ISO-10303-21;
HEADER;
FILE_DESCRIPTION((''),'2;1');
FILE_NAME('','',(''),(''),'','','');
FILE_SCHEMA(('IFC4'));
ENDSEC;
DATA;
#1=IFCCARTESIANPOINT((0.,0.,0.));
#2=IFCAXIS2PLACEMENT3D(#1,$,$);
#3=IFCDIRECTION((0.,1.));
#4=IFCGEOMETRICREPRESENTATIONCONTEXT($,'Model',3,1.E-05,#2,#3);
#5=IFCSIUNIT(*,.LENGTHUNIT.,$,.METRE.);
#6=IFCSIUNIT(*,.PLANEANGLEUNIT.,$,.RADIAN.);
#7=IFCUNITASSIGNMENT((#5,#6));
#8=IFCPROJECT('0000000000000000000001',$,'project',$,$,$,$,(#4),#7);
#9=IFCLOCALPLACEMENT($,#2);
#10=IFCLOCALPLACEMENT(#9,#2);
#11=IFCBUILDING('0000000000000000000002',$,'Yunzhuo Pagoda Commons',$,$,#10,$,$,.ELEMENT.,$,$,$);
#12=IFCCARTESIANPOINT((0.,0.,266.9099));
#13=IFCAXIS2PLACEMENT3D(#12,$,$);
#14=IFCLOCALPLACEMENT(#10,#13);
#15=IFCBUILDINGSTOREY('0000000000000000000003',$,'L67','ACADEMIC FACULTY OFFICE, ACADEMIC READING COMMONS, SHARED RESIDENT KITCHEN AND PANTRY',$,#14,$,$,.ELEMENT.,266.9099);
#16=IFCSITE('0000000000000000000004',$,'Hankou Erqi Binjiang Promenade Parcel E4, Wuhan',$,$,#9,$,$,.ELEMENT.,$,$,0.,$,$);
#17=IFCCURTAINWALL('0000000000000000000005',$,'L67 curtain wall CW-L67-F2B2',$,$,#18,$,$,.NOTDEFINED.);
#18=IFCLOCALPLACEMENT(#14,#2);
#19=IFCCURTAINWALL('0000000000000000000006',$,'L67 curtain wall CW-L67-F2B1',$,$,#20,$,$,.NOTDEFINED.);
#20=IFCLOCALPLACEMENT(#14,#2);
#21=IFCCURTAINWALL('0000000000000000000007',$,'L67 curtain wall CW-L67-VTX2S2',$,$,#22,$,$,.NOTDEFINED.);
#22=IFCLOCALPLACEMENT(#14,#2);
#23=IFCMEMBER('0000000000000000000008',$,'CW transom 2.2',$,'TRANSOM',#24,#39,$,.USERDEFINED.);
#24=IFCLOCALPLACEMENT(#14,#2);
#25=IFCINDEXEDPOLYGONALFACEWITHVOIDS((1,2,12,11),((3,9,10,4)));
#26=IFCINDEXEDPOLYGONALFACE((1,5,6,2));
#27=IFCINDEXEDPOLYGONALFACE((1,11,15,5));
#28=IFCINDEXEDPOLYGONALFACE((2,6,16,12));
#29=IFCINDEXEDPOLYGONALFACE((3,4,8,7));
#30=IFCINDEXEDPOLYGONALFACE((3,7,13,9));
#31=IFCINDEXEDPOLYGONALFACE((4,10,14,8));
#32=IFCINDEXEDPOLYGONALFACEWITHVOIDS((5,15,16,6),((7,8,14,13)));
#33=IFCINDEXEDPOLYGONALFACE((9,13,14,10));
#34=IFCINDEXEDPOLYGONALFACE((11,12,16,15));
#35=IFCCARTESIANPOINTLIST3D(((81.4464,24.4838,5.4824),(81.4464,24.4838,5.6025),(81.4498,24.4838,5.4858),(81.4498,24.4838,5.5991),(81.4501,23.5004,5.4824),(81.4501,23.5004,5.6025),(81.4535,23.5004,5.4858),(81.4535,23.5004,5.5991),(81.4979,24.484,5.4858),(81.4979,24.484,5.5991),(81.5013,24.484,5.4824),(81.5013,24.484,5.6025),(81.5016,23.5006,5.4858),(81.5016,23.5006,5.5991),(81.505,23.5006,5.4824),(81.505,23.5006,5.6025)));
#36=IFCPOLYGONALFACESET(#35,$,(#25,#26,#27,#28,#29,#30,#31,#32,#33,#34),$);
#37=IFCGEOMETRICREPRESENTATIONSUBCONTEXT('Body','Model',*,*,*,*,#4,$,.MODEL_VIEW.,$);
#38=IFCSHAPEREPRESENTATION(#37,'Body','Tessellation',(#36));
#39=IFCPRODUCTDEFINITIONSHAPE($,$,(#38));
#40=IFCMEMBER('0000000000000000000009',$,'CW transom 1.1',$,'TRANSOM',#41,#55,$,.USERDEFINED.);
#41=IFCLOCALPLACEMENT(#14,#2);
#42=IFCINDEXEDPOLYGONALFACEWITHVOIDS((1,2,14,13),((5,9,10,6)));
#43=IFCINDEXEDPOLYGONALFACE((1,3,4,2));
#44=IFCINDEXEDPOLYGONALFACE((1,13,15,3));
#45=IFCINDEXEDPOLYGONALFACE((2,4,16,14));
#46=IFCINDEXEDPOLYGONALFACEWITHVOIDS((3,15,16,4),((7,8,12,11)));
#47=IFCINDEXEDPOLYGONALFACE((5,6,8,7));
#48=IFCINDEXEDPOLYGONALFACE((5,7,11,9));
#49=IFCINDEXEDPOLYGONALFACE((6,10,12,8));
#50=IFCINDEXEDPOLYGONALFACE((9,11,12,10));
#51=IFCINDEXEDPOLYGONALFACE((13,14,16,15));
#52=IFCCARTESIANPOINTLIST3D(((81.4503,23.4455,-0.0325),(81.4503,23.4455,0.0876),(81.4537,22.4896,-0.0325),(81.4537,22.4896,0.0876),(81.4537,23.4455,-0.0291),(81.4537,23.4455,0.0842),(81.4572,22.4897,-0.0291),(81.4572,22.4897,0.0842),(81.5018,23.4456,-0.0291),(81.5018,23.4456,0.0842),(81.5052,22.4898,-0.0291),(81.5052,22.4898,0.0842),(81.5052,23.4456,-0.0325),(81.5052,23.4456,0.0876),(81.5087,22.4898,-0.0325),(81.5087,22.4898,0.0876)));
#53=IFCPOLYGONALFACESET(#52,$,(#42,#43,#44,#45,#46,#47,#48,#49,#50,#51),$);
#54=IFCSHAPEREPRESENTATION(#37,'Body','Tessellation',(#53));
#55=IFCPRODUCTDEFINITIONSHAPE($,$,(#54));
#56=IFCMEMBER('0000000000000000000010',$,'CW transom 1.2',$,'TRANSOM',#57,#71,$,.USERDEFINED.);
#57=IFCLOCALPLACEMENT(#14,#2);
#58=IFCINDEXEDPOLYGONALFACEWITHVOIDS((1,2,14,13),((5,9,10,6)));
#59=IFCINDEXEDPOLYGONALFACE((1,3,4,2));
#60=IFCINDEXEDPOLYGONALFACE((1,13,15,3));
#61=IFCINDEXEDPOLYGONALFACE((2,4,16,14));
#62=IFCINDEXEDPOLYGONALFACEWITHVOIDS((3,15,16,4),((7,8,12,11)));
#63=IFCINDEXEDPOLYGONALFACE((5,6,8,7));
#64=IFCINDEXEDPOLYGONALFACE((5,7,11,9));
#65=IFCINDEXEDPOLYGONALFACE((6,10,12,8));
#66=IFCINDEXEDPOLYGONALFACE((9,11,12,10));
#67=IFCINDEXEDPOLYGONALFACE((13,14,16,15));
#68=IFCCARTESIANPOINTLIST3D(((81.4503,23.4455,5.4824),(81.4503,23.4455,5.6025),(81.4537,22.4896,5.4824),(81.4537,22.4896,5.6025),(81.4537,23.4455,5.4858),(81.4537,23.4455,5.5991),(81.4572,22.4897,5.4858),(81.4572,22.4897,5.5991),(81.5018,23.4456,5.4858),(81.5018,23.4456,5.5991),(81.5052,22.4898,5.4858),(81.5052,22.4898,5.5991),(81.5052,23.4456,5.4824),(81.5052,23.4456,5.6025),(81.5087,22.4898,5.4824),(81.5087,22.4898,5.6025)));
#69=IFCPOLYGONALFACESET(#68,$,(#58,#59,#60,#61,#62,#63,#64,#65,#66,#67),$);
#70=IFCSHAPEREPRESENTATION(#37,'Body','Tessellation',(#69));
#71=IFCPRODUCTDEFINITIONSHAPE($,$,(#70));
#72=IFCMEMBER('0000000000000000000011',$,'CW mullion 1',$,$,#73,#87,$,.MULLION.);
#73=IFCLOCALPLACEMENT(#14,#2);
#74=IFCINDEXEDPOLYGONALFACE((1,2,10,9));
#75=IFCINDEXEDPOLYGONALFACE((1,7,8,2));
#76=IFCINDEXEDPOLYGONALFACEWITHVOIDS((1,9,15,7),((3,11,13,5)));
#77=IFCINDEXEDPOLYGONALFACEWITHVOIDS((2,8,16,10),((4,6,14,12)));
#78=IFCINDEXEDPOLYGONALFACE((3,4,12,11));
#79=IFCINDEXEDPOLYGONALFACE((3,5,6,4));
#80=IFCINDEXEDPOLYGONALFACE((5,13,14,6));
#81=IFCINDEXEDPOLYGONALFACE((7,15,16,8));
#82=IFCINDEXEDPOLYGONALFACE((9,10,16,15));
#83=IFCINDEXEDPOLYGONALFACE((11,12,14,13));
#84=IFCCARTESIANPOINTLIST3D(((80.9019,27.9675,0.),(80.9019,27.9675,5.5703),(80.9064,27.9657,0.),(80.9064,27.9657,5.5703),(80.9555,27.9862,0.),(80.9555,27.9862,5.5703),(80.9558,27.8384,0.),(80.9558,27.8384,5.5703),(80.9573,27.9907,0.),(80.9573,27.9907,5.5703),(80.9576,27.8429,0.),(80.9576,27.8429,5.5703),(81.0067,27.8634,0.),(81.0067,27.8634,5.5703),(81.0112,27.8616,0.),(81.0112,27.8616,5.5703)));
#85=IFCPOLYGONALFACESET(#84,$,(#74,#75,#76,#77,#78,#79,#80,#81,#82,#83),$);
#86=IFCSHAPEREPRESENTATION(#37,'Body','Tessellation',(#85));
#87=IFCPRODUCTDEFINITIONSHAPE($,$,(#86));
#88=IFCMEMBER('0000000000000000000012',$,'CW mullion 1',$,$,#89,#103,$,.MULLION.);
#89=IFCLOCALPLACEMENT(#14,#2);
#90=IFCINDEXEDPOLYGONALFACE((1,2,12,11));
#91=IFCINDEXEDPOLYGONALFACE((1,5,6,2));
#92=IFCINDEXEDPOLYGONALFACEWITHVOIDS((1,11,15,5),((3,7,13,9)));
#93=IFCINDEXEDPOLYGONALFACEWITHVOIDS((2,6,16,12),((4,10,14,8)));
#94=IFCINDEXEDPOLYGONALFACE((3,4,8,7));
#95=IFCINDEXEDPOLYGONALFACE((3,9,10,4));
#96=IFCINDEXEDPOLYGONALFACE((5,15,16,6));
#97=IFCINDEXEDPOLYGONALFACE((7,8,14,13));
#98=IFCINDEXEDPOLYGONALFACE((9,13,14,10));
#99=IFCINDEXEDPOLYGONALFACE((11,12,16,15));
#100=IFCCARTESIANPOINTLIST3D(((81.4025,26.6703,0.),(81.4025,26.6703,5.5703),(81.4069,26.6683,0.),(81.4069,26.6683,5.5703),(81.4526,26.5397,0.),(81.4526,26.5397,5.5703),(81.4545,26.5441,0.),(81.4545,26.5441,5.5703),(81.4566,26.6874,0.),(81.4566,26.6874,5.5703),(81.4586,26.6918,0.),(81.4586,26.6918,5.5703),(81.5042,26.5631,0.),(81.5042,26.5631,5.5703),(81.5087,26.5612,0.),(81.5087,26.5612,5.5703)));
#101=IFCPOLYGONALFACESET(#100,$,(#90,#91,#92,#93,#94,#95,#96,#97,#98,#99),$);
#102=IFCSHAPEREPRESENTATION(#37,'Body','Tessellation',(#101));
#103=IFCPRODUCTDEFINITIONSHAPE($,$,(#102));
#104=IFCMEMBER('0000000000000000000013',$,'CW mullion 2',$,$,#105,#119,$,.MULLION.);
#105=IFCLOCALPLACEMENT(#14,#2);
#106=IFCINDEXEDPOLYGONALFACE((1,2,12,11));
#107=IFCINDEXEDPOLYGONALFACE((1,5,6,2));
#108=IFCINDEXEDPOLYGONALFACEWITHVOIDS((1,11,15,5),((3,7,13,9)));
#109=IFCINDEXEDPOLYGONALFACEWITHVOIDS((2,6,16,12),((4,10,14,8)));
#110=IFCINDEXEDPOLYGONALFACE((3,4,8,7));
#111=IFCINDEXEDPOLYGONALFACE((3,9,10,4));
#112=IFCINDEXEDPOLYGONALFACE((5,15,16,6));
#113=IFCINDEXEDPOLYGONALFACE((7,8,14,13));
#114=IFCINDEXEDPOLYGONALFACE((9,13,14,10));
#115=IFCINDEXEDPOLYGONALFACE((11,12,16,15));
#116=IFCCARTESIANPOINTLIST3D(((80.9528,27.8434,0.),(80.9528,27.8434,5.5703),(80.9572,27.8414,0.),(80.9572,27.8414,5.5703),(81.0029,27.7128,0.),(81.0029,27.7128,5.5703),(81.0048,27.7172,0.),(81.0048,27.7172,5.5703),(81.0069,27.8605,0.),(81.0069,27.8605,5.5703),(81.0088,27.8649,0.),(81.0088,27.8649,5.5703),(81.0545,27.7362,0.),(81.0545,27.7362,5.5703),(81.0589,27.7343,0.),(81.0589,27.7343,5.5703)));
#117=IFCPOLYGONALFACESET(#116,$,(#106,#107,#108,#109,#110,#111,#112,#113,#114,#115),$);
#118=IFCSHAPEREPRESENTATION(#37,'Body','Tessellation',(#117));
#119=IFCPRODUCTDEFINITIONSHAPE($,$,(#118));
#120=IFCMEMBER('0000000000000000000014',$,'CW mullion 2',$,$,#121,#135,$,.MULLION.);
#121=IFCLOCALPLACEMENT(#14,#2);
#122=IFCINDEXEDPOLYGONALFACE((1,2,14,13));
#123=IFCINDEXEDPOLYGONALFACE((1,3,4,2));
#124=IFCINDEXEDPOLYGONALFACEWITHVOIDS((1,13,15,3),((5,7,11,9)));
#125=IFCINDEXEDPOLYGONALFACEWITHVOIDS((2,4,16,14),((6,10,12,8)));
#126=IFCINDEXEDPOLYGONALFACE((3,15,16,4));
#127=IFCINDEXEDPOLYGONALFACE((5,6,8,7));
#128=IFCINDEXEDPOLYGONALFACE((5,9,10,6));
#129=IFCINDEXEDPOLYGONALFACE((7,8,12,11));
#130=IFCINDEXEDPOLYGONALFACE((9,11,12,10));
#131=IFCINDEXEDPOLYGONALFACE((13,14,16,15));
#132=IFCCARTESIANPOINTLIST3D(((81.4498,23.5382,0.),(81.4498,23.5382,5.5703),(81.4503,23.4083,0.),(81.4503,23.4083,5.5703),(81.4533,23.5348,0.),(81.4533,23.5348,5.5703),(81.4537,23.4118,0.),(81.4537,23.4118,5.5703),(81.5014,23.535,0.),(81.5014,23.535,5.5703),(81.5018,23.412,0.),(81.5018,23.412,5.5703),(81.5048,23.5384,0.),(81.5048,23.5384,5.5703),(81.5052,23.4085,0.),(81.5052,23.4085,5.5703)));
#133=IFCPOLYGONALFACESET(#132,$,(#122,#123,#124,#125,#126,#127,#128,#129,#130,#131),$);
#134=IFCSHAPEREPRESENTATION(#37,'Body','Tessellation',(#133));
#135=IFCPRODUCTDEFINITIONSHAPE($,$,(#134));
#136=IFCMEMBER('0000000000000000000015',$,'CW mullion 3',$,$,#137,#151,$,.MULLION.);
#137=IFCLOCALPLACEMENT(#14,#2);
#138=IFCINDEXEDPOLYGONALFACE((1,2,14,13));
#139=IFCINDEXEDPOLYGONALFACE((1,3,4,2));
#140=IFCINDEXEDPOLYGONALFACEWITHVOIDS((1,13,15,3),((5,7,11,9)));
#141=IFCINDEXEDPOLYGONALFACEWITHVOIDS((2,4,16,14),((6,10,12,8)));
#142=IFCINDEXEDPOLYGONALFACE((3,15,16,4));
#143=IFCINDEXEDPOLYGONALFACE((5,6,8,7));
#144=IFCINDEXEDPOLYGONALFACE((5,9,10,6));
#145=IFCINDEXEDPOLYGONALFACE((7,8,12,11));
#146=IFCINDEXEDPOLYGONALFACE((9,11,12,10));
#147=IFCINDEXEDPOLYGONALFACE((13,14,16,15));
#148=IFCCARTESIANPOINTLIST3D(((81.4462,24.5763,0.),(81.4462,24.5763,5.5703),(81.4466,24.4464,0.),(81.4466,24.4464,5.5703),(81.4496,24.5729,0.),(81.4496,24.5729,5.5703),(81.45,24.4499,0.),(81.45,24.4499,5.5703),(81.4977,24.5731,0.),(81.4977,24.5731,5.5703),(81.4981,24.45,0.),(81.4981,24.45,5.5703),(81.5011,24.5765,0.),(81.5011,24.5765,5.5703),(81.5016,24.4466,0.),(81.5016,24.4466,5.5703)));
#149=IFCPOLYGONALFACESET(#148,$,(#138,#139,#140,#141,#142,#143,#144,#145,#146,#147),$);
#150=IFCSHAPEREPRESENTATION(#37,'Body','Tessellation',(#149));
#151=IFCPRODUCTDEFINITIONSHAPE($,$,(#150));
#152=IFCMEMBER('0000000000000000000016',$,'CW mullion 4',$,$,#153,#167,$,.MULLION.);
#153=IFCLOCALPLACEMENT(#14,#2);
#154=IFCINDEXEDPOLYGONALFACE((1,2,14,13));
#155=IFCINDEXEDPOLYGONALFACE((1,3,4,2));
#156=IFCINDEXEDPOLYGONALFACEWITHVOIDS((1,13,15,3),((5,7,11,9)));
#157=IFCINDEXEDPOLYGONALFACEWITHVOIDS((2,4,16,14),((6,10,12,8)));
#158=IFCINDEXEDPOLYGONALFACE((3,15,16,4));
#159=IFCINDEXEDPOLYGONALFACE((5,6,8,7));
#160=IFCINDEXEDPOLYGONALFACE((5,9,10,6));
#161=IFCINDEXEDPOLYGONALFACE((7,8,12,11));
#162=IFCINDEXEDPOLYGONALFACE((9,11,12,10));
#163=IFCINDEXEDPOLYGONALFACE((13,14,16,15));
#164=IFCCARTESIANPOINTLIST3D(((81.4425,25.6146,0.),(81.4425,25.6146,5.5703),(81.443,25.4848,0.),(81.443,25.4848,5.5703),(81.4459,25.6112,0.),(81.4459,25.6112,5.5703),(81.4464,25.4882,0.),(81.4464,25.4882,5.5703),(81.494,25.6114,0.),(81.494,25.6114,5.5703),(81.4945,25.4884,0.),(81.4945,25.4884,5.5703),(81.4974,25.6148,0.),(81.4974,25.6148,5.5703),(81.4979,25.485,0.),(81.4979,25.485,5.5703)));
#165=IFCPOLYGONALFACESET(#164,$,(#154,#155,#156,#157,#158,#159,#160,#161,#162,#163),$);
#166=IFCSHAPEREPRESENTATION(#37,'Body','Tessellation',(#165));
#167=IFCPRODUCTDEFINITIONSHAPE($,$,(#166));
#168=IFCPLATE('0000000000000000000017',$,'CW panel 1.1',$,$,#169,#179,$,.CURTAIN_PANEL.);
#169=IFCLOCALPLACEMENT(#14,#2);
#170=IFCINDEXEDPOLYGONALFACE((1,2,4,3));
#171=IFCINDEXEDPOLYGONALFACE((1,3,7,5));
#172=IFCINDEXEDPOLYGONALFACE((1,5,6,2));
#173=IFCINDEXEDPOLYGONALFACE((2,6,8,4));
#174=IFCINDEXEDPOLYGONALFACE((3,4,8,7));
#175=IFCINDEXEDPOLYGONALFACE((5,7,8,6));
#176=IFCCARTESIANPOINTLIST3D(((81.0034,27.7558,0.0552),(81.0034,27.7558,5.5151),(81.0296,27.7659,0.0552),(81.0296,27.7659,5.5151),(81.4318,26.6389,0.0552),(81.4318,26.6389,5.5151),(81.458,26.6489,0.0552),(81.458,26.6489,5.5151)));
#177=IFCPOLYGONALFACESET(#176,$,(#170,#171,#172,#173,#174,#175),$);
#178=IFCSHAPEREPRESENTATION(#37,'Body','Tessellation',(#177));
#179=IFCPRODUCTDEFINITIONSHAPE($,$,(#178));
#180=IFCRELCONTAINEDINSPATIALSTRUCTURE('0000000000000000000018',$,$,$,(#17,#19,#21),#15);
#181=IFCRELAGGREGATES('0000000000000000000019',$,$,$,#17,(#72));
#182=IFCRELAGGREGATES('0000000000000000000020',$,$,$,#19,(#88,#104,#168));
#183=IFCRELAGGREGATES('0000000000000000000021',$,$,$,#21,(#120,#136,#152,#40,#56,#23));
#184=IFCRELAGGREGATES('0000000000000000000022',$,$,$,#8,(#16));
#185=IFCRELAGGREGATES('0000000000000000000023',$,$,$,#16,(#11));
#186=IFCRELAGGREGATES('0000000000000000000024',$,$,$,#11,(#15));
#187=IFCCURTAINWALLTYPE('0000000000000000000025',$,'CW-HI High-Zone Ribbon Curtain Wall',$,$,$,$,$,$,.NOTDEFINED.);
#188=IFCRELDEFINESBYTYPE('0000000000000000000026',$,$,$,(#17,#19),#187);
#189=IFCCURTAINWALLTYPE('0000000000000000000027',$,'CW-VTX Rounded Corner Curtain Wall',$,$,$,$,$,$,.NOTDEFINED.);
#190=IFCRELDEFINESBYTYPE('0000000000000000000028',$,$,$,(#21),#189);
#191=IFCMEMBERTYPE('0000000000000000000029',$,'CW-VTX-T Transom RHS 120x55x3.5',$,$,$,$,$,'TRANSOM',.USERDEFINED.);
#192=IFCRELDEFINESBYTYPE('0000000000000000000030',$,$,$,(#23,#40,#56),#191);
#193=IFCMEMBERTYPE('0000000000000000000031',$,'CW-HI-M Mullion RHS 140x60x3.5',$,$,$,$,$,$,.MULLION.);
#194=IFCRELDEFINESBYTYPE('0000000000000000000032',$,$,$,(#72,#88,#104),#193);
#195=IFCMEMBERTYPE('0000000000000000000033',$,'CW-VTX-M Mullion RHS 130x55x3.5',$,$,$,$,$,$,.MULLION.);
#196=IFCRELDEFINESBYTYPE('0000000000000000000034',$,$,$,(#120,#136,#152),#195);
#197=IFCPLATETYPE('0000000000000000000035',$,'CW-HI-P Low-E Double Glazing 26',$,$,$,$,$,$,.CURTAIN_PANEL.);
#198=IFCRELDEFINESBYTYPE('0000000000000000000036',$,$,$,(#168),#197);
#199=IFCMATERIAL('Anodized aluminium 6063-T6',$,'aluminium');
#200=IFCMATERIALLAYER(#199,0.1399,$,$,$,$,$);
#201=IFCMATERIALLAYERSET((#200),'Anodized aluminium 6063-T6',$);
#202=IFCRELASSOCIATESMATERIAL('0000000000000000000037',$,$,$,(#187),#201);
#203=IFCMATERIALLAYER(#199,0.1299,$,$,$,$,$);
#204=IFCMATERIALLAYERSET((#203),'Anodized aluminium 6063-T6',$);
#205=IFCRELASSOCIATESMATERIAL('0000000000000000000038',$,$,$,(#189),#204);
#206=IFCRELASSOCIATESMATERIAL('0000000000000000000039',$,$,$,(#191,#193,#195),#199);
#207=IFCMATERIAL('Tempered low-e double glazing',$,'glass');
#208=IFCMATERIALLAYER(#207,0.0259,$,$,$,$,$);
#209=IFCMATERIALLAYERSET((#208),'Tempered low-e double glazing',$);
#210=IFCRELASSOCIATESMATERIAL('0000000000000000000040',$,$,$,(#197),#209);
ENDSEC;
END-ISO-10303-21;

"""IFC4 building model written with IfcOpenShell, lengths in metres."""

from ifc_helpers import new_model, si_unit, direction, frame, origin, origin_2d, place, context, subcontext, project, spatial, rectangle, hollow_rectangle, extrude, source, transform, mapped, material, layer, layer_set, material_profile, profile_set, type_object, element, aggregate, save


model = new_model("IFC4")

# Units and contexts
model_context = context("Model", 3, precision=1e-05, world=origin(), true_north=direction((0.0, 1.0)))
body_context = subcontext(model_context, "Body", "Model", "MODEL_VIEW")
ifc_project = project(units=[si_unit("LENGTHUNIT", "METRE"), si_unit("PLANEANGLEUNIT", "RADIAN")], contexts=[model_context])

# Site, building, storey
site_placement = place(None, origin())
site = spatial("IfcSite", under=ifc_project, at=site_placement, Name="Hankou Erqi Binjiang Promenade Parcel E4, Wuhan", CompositionType="ELEMENT", RefElevation=0.0)
building_placement = place(site_placement, origin())
building = spatial("IfcBuilding", under=site, at=building_placement, Name="Yunzhuo Pagoda Commons", CompositionType="ELEMENT")
storey_placement = place(building_placement, frame((0.0, 0.0, 266.9099)))
storey = spatial("IfcBuildingStorey", under=building, at=storey_placement, Name="L67", Description="ACADEMIC FACULTY OFFICE, ACADEMIC READING COMMONS, SHARED RESIDENT KITCHEN AND PANTRY", CompositionType="ELEMENT", Elevation=266.9099)

# Curtain walls, members
ifc_material_1 = material(Name="Anodized aluminium 6063-T6", Category="aluminium")
ifc_layer_1 = layer(ifc_material_1, 0.1399)
ifc_layer_set_1 = layer_set([ifc_layer_1], Name="Anodized aluminium 6063-T6")
curtain_wall_type_1 = type_object("IfcCurtainWallType", Name="CW-HI High-Zone Ribbon Curtain Wall", PredefinedType="NOTDEFINED", material=ifc_layer_set_1)
curtain_wall_1_placement = place(storey_placement, origin())
curtain_wall_1 = element("IfcCurtainWall", 1, at=curtain_wall_1_placement, inside=storey, type_object=curtain_wall_type_1, Name="L67 curtain wall CW-L67-F2B2", PredefinedType="NOTDEFINED")
curtain_wall_2_placement = place(storey_placement, origin())
curtain_wall_2 = element("IfcCurtainWall", 2, at=curtain_wall_2_placement, inside=storey, type_object=curtain_wall_type_1, Name="L67 curtain wall CW-L67-F2B1", PredefinedType="NOTDEFINED")
ifc_layer_2 = layer(ifc_material_1, 0.1299)
ifc_layer_set_2 = layer_set([ifc_layer_2], Name="Anodized aluminium 6063-T6")
curtain_wall_type_2 = type_object("IfcCurtainWallType", Name="CW-VTX Rounded Corner Curtain Wall", PredefinedType="NOTDEFINED", material=ifc_layer_set_2)
curtain_wall_3_placement = place(storey_placement, origin())
curtain_wall_3 = element("IfcCurtainWall", 3, at=curtain_wall_3_placement, inside=storey, type_object=curtain_wall_type_2, Name="L67 curtain wall CW-L67-VTX2S2", PredefinedType="NOTDEFINED")
ifc_material_profile_1 = material_profile(ifc_material_1, hollow_rectangle(XDim=0.0549, YDim=0.1201, WallThickness=0.0034, at=origin_2d()), Name="Anodized aluminium 6063-T6")
ifc_profile_set_1 = profile_set([ifc_material_profile_1], Name="Anodized aluminium 6063-T6")
member_type_1 = type_object("IfcMemberType", Name="CW-VTX-T Transom RHS 120x55x3.5", ElementType="TRANSOM", PredefinedType="USERDEFINED", material=ifc_profile_set_1)
shared_shape_1 = source(origin(), body_context, "Body", "SweptSolid", [
    extrude(hollow_rectangle(XDim=0.0549, YDim=0.1201, WallThickness=0.0034, at=origin_2d()), origin(), (0.0, 0.0, 1.0), 0.9834),
])
member_1_placement = place(storey_placement, frame((81.4775, 23.5005, 5.5425), z_axis=(-0.003724, 0.999993, 0.0), x_axis=(-0.999993, -0.003724, 0.0)))
member_1 = element("IfcMember", 4, at=member_1_placement, type_object=member_type_1, Name="CW transom 2.2", ObjectType="TRANSOM", PredefinedType="USERDEFINED", context=body_context, shape_type="MappedRepresentation", body=[
    mapped(shared_shape_1, transform((0.0, 0.0, 0.0), scale=1.0)),
])
shared_shape_2 = source(origin(), body_context, "Body", "SweptSolid", [
    extrude(hollow_rectangle(XDim=0.0549, YDim=0.1201, WallThickness=0.0034, at=origin_2d()), origin(), (0.0, 0.0, 1.0), 0.9558),
])
member_2_placement = place(storey_placement, frame((81.4812, 22.4897, 0.0276), z_axis=(-0.003576, 0.999994, 0.0), x_axis=(-0.999994, -0.003576, 0.0)))
member_2 = element("IfcMember", 5, at=member_2_placement, type_object=member_type_1, Name="CW transom 1.1", ObjectType="TRANSOM", PredefinedType="USERDEFINED", context=body_context, shape_type="MappedRepresentation", body=[
    mapped(shared_shape_2, transform((0.0, 0.0, 0.0), scale=1.0)),
])
member_3_placement = place(storey_placement, frame((81.4812, 22.4897, 5.5425), z_axis=(-0.003576, 0.999994, 0.0), x_axis=(-0.999994, -0.003576, 0.0)))
member_3 = element("IfcMember", 6, at=member_3_placement, type_object=member_type_1, Name="CW transom 1.2", ObjectType="TRANSOM", PredefinedType="USERDEFINED", context=body_context, shape_type="MappedRepresentation", body=[
    mapped(shared_shape_2, transform((0.0, 0.0, 0.0), scale=1.0)),
])

# Members
ifc_material_profile_2 = material_profile(ifc_material_1, hollow_rectangle(XDim=0.0601, YDim=0.1399, WallThickness=0.0034, at=origin_2d()), Name="Anodized aluminium 6063-T6")
ifc_profile_set_2 = profile_set([ifc_material_profile_2], Name="Anodized aluminium 6063-T6")
member_type_2 = type_object("IfcMemberType", Name="CW-HI-M Mullion RHS 140x60x3.5", PredefinedType="MULLION", material=ifc_profile_set_2)
shared_shape_3 = source(origin(), body_context, "Body", "SweptSolid", [
    extrude(hollow_rectangle(XDim=0.0601, YDim=0.1399, WallThickness=0.0034, at=origin_2d()), origin(), (0.0, 0.0, 1.0), 5.5703),
])
member_4_placement = place(storey_placement, frame((80.9565, 27.9146, 0.0), z_axis=(0.0, 0.0, 1.0), x_axis=(-0.92291, -0.385016, 0.0)))
member_4 = element("IfcMember", 7, at=member_4_placement, type_object=member_type_2, Name="CW mullion 1", PredefinedType="MULLION", context=body_context, shape_type="MappedRepresentation", body=[
    mapped(shared_shape_3, transform((0.0, 0.0, 0.0), scale=1.0)),
])
aggregate(curtain_wall_1, [member_4])
member_5_placement = place(storey_placement, frame((81.4556, 26.6157, 0.0), z_axis=(0.0, 0.0, 1.0), x_axis=(-0.933674, -0.358124, 0.0)))
member_5 = element("IfcMember", 8, at=member_5_placement, type_object=member_type_2, Name="CW mullion 1", PredefinedType="MULLION", context=body_context, shape_type="MappedRepresentation", body=[
    mapped(shared_shape_3, transform((0.0, 0.0, 0.0), scale=1.0)),
])
member_6_placement = place(storey_placement, frame((81.0059, 27.7888, 0.0), z_axis=(0.0, 0.0, 1.0), x_axis=(-0.933674, -0.358124, 0.0)))
member_6 = element("IfcMember", 9, at=member_6_placement, type_object=member_type_2, Name="CW mullion 2", PredefinedType="MULLION", context=body_context, shape_type="MappedRepresentation", body=[
    mapped(shared_shape_3, transform((0.0, 0.0, 0.0), scale=1.0)),
])
ifc_material_profile_3 = material_profile(ifc_material_1, hollow_rectangle(XDim=0.0549, YDim=0.1299, WallThickness=0.0034, at=origin_2d()), Name="Anodized aluminium 6063-T6")
ifc_profile_set_3 = profile_set([ifc_material_profile_3], Name="Anodized aluminium 6063-T6")
member_type_3 = type_object("IfcMemberType", Name="CW-VTX-M Mullion RHS 130x55x3.5", PredefinedType="MULLION", material=ifc_profile_set_3)
shared_shape_4 = source(origin(), body_context, "Body", "SweptSolid", [
    extrude(hollow_rectangle(XDim=0.0549, YDim=0.1299, WallThickness=0.0034, at=origin_2d()), origin(), (0.0, 0.0, 1.0), 5.5703),
])
member_7_placement = place(storey_placement, frame((81.4775, 23.4734, 0.0), z_axis=(0.0, 0.0, 1.0), x_axis=(-0.999994, -0.003588, 0.0)))
member_7 = element("IfcMember", 10, at=member_7_placement, type_object=member_type_3, Name="CW mullion 2", PredefinedType="MULLION", context=body_context, shape_type="MappedRepresentation", body=[
    mapped(shared_shape_4, transform((0.0, 0.0, 0.0), scale=1.0)),
])
member_8_placement = place(storey_placement, frame((81.4739, 24.5115, 0.0), z_axis=(0.0, 0.0, 1.0), x_axis=(-0.999994, -0.003588, 0.0)))
member_8 = element("IfcMember", 11, at=member_8_placement, type_object=member_type_3, Name="CW mullion 3", PredefinedType="MULLION", context=body_context, shape_type="MappedRepresentation", body=[
    mapped(shared_shape_4, transform((0.0, 0.0, 0.0), scale=1.0)),
])
member_9_placement = place(storey_placement, frame((81.4702, 25.5498, 0.0), z_axis=(0.0, 0.0, 1.0), x_axis=(-0.999994, -0.003588, 0.0)))
member_9 = element("IfcMember", 12, at=member_9_placement, type_object=member_type_3, Name="CW mullion 4", PredefinedType="MULLION", context=body_context, shape_type="MappedRepresentation", body=[
    mapped(shared_shape_4, transform((0.0, 0.0, 0.0), scale=1.0)),
])

# Plate
ifc_material_2 = material(Name="Tempered low-e double glazing", Category="glass")
ifc_layer_3 = layer(ifc_material_2, 0.0259)
ifc_layer_set_3 = layer_set([ifc_layer_3], Name="Tempered low-e double glazing")
plate_type_1 = type_object("IfcPlateType", Name="CW-HI-P Low-E Double Glazing 26", PredefinedType="CURTAIN_PANEL", material=ifc_layer_set_3)
shared_shape_5 = source(origin(), body_context, "Body", "SweptSolid", [
    extrude(rectangle(XDim=1.1963, YDim=0.0281, at=origin_2d()), origin(), (0.0, 0.0, 1.0), 5.46),
])
plate_1_placement = place(storey_placement, frame((81.2307, 27.2024, 0.0552), z_axis=(0.0, 0.0, 1.0), x_axis=(-0.358124, 0.933674, 0.0)))
plate_1 = element("IfcPlate", 13, at=plate_1_placement, type_object=plate_type_1, Name="CW panel 1.1", PredefinedType="CURTAIN_PANEL", context=body_context, shape_type="MappedRepresentation", body=[
    mapped(shared_shape_5, transform((0.0, 0.0, 0.0), scale=1.0)),
])
aggregate(curtain_wall_2, [member_5, member_6, plate_1])

aggregate(curtain_wall_3, [member_7, member_8, member_9, member_2, member_3, member_1])

save(model, "model.ifc")
